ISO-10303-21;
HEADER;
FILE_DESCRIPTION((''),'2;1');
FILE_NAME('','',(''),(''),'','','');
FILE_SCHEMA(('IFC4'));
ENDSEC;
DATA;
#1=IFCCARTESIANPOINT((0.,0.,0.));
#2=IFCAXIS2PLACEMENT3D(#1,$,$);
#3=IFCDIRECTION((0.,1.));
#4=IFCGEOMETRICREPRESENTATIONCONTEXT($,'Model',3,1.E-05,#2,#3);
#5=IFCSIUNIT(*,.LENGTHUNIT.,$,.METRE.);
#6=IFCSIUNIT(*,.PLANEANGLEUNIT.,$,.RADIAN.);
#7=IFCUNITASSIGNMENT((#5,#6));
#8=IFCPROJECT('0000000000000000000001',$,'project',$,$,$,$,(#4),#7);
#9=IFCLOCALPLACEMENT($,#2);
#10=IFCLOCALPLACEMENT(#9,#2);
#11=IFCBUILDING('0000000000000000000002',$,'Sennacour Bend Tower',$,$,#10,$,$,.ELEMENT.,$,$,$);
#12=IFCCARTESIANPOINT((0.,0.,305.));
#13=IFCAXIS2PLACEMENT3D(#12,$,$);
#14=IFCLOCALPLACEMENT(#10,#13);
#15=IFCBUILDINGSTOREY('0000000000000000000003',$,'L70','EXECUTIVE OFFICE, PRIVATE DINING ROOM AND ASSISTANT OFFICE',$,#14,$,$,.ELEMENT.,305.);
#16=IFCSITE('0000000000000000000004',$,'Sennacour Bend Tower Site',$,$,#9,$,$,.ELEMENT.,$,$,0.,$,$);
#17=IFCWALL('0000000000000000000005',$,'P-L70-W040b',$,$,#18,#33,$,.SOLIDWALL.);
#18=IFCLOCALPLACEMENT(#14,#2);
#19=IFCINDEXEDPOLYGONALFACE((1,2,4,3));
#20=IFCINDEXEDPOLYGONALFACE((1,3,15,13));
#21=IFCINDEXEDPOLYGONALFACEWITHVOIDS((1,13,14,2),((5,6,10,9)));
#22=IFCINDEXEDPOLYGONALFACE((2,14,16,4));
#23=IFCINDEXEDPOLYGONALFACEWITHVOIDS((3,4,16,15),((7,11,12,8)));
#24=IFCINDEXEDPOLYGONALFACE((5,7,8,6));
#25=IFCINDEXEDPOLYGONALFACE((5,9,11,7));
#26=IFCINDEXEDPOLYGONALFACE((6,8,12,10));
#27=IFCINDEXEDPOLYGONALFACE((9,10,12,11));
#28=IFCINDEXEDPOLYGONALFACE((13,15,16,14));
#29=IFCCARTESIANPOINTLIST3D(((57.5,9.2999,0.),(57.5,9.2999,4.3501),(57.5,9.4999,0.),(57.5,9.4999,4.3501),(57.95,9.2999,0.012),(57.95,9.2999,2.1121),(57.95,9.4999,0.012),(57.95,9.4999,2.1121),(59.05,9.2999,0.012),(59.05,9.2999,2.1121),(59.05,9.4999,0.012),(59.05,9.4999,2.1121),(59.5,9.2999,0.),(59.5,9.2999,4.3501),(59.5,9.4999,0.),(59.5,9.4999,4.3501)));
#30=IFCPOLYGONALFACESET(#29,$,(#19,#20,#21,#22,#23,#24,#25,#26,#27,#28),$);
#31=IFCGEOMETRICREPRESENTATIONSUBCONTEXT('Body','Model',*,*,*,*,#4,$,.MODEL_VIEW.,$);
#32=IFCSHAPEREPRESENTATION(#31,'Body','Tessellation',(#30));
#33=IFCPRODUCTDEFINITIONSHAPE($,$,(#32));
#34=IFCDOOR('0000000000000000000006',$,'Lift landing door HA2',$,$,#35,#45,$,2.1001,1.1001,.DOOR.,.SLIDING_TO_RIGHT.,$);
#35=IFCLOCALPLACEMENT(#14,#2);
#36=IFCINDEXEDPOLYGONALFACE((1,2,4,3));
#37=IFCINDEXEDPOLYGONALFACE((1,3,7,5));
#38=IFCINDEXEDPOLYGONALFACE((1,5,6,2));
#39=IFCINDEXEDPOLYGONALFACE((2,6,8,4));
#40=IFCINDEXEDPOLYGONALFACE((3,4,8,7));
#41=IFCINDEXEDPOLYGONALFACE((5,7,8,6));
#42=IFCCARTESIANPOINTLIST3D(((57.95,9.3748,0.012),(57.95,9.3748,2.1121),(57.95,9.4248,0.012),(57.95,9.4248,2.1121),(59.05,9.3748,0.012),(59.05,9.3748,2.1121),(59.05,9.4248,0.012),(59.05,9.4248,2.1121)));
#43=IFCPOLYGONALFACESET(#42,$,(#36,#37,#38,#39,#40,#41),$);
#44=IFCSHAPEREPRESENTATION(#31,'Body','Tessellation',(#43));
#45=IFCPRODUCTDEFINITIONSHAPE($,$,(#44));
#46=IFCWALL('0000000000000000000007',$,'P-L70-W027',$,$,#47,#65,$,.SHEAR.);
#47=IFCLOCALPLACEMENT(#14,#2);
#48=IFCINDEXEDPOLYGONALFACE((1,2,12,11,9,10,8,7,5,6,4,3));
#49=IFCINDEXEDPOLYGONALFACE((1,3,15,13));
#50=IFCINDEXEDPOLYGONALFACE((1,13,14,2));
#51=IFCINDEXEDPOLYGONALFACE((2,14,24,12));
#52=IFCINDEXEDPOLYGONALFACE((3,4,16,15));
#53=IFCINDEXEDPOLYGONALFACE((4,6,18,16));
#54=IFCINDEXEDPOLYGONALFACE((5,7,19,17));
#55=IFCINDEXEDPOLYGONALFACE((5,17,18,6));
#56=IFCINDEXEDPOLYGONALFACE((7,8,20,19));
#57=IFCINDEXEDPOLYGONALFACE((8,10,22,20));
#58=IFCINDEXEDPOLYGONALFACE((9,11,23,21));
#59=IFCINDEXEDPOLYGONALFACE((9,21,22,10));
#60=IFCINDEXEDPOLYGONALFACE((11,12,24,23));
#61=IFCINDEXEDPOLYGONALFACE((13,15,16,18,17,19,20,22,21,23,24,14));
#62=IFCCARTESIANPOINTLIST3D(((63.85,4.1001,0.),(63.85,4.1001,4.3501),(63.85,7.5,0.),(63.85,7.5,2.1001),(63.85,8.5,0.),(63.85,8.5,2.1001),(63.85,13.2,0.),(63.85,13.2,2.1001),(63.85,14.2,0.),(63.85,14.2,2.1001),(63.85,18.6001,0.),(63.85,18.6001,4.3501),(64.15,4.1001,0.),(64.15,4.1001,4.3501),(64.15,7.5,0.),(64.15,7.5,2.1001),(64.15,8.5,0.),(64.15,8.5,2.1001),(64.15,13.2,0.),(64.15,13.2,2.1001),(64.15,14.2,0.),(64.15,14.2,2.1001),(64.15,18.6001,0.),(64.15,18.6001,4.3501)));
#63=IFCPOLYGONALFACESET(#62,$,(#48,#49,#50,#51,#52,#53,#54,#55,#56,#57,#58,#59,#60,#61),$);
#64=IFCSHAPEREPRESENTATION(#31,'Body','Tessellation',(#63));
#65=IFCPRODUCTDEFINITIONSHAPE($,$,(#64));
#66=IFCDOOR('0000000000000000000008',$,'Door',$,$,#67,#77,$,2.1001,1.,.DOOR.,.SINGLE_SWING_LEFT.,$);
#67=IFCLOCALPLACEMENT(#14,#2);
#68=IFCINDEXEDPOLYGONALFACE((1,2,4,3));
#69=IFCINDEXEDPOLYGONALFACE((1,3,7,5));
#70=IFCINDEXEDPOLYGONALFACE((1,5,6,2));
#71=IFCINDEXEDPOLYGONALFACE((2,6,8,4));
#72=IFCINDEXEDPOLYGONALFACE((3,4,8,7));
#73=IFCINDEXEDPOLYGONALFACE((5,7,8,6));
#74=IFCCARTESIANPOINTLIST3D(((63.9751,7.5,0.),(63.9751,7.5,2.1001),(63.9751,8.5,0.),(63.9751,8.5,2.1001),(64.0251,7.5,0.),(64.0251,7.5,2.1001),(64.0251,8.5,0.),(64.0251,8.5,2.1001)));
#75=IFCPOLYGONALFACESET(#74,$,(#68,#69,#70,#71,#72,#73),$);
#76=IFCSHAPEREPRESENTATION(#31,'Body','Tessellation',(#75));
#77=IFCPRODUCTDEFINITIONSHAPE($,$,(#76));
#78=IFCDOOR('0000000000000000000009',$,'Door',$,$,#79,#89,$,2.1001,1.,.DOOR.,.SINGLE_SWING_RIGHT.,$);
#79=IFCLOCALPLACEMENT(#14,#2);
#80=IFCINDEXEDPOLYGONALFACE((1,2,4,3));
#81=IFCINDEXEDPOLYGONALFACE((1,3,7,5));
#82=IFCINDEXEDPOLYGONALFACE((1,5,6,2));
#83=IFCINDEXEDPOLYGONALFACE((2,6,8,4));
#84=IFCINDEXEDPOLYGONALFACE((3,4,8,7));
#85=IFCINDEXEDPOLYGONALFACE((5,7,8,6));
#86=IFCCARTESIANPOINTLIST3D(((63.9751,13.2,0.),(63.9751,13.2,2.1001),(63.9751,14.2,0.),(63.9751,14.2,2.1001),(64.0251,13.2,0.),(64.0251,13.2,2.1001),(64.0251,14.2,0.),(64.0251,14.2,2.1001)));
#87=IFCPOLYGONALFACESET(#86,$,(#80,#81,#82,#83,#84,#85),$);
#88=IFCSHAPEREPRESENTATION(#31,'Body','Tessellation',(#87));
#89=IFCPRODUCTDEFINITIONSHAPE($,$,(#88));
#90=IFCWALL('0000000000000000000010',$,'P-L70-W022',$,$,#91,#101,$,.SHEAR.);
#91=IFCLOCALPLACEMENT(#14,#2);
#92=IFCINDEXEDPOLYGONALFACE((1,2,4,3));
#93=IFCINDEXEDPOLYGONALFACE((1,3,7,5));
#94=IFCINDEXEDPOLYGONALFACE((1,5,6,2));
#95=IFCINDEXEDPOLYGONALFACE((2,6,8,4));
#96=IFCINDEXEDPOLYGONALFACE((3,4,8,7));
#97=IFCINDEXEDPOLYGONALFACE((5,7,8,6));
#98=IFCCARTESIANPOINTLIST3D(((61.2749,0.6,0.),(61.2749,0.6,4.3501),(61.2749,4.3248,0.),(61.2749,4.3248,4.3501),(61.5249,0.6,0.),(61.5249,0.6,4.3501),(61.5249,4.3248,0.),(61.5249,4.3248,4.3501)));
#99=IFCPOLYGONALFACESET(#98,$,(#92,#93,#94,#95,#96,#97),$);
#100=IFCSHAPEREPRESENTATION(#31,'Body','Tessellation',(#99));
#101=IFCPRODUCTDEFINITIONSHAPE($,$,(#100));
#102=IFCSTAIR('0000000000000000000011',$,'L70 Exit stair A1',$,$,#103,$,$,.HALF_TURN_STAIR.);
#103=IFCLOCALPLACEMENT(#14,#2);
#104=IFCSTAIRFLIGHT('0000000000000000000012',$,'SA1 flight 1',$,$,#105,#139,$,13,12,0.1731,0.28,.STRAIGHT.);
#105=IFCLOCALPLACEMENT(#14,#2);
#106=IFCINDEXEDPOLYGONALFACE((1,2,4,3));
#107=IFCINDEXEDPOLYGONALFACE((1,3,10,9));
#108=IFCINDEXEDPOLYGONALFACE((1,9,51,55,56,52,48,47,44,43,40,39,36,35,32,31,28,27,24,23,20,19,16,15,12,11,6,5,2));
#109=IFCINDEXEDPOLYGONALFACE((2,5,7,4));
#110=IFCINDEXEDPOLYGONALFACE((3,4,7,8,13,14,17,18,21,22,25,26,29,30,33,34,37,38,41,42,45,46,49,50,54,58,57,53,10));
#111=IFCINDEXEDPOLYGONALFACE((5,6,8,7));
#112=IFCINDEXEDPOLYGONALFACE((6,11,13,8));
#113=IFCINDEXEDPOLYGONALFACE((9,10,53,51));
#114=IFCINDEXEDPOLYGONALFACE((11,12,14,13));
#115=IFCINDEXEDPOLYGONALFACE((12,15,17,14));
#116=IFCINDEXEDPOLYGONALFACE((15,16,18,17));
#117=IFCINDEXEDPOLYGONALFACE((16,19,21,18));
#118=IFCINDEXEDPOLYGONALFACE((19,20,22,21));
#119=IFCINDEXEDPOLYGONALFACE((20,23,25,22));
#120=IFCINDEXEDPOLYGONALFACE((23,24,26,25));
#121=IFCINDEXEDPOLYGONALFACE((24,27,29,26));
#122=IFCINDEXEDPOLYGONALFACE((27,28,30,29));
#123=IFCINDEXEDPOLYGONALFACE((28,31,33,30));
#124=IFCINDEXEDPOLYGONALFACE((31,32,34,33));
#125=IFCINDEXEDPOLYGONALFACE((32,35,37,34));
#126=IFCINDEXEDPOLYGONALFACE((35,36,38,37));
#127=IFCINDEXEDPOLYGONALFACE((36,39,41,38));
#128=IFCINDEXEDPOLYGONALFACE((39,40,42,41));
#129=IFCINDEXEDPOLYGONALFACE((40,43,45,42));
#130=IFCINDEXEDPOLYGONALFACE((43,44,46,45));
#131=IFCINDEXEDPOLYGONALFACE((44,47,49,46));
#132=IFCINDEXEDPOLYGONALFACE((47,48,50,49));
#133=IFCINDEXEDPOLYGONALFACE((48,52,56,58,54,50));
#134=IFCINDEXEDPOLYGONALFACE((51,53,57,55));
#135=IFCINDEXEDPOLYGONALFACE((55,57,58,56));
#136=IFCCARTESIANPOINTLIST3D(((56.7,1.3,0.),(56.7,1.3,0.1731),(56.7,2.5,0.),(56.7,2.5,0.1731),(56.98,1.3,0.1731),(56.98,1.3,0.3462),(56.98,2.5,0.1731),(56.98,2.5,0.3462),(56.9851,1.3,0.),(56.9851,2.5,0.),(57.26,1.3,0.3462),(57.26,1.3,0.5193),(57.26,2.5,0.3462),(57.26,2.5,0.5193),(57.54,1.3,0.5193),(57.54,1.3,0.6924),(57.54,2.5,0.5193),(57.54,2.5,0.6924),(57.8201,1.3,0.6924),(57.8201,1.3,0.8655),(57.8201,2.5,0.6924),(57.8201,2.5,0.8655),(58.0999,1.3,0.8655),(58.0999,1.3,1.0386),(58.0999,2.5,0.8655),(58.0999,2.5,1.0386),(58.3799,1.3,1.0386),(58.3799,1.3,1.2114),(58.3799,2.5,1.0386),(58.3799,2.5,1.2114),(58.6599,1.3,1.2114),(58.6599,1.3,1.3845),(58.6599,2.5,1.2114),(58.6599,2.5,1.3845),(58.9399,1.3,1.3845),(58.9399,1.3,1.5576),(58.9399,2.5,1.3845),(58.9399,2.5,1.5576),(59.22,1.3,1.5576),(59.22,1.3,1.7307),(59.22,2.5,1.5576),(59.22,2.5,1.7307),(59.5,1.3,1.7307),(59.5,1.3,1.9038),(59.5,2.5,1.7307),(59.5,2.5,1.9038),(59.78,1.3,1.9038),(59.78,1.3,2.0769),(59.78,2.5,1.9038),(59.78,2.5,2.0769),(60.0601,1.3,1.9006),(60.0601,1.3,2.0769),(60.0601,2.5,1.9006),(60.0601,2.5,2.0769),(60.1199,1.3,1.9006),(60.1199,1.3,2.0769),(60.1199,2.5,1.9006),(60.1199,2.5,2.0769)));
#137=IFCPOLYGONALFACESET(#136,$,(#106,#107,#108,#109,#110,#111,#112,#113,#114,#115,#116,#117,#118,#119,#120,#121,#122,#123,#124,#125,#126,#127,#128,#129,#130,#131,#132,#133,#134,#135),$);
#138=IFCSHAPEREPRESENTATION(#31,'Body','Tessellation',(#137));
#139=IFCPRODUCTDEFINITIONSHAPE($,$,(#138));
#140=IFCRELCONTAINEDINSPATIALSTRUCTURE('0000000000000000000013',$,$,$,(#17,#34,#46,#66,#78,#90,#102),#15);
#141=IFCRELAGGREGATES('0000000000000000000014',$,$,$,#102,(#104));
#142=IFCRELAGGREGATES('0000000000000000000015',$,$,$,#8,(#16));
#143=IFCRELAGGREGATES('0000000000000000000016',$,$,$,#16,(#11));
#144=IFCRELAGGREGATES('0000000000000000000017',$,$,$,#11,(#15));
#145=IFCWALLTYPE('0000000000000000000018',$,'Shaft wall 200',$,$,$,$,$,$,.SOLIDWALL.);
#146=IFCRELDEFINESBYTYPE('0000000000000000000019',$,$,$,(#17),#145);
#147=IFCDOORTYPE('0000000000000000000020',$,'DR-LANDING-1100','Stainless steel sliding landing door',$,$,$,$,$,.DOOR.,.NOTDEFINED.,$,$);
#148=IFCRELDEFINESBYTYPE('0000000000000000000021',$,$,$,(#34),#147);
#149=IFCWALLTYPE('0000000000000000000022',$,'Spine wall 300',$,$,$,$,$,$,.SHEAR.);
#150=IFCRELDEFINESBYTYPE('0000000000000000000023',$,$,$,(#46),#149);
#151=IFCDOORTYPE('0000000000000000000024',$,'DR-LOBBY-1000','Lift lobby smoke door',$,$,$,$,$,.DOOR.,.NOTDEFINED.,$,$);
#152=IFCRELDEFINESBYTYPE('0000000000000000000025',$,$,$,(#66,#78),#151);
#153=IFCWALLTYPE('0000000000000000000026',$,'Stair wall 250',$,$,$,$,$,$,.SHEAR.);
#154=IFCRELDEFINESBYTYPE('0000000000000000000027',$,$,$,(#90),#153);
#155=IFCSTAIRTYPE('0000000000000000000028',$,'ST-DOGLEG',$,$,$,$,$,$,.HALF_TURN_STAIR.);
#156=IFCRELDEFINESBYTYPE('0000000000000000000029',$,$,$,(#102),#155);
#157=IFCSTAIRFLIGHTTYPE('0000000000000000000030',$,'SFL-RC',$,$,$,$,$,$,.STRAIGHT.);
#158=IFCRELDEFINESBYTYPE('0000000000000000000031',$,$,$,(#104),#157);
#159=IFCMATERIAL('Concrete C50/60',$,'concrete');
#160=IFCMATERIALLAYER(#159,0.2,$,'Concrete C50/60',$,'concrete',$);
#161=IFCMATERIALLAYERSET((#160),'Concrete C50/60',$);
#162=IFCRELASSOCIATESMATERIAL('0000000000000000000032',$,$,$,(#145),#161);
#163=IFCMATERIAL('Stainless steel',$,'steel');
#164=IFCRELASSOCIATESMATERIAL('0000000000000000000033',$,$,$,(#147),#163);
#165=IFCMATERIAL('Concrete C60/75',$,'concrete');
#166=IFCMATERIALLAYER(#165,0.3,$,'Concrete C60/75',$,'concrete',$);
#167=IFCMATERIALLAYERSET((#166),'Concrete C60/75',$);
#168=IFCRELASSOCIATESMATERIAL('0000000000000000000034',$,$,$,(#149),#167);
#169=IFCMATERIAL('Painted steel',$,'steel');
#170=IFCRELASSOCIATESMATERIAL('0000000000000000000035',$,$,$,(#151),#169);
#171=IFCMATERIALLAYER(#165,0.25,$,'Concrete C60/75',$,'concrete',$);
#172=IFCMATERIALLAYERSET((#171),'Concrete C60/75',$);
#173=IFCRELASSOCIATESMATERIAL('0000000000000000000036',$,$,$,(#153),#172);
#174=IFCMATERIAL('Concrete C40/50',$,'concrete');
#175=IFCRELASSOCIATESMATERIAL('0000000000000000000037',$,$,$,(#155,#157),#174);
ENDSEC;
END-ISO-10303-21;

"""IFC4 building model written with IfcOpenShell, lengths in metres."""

from ifc_helpers import new_model, si_unit, direction, frame, frame_2d, origin, place, context, subcontext, project, spatial, polyline, rectangle, outline, extrude, material, layer, layer_set, type_object, element, fill, aggregate, save


model = new_model("IFC4")

# Units and contexts
model_context = context("Model", 3, precision=1e-05, world=origin(), true_north=direction((0.0, 1.0)))
body_context = subcontext(model_context, "Body", "Model", "MODEL_VIEW")
ifc_project = project(units=[si_unit("LENGTHUNIT", "METRE"), si_unit("PLANEANGLEUNIT", "RADIAN")], contexts=[model_context])

# Site, building, storey
site_placement = place(None, origin())
site = spatial("IfcSite", under=ifc_project, at=site_placement, Name="Sennacour Bend Tower Site", CompositionType="ELEMENT", RefElevation=0.0)
building_placement = place(site_placement, origin())
building = spatial("IfcBuilding", under=site, at=building_placement, Name="Sennacour Bend Tower", CompositionType="ELEMENT")
storey_placement = place(building_placement, frame((0.0, 0.0, 305.0)))
storey = spatial("IfcBuildingStorey", under=building, at=storey_placement, Name="L70", Description="EXECUTIVE OFFICE, PRIVATE DINING ROOM AND ASSISTANT OFFICE", CompositionType="ELEMENT", Elevation=305.0)

# Shared definitions
ifc_material_1 = material(Name="Concrete C50/60", Category="concrete")

# Shared definitions
ifc_material_2 = material(Name="Painted steel", Category="steel")

# Shared definitions
ifc_layer_1 = layer(ifc_material_1, 0.2, Name="Concrete C50/60", Category="concrete")
ifc_layer_set_1 = layer_set([ifc_layer_1], Name="Concrete C50/60")
wall_type_1 = type_object("IfcWallType", Name="Shaft wall 200", PredefinedType="SOLIDWALL", material=ifc_layer_set_1)

# Wall, opening, door
wall_1_placement = place(storey_placement, frame((57.5, 9.3999, 0.0), z_axis=(0.0, 0.0, 1.0), x_axis=(1.0, 0.0, 0.0)))
wall_1 = element("IfcWall", 1, at=wall_1_placement, inside=storey, type_object=wall_type_1, Name="P-L70-W040b", PredefinedType="SOLIDWALL", context=body_context, shape_type="SweptSolid", body=[
    extrude(rectangle(XDim=2.0, YDim=0.2, at=frame_2d((1.0, 0.0))), origin(), (0.0, 0.0, 1.0), 4.3501),
])
opening_1_placement = place(wall_1_placement, frame((0.45, 0.0, 0.012)))
opening_1 = element("IfcOpeningElement", 2, at=opening_1_placement, cuts=wall_1, PredefinedType="OPENING", context=body_context, shape_type="SweptSolid", body=[
    extrude(rectangle(XDim=1.1001, YDim=2.1001, at=frame_2d((0.55, 1.05))), frame((0.0, 0.1099, 0.0), z_axis=(0.0, -1.0, 0.0), x_axis=(1.0, 0.0, 0.0)), (0.0, 0.0, 1.0), 0.22),
])
ifc_material_3 = material(Name="Stainless steel", Category="steel")
door_type_1 = type_object("IfcDoorType", Name="DR-LANDING-1100", Description="Stainless steel sliding landing door", OperationType="NOTDEFINED", PredefinedType="DOOR", material=ifc_material_3)
door_1_placement = place(opening_1_placement, origin())
door_1 = element("IfcDoor", 3, at=door_1_placement, inside=storey, type_object=door_type_1, Name="Lift landing door HA2", OperationType="SLIDING_TO_RIGHT", OverallHeight=2.1001, OverallWidth=1.1001, PredefinedType="DOOR", context=body_context, shape_type="SweptSolid", body=[
    extrude(rectangle(XDim=1.1001, YDim=2.1001, at=frame_2d((0.55, 1.05))), frame((0.0, 0.0249, 0.0), z_axis=(0.0, -1.0, 0.0), x_axis=(1.0, 0.0, 0.0)), (0.0, 0.0, 1.0), 0.05),
])
fill(opening_1, door_1)

# Wall, openings, doors
ifc_material_4 = material(Name="Concrete C60/75", Category="concrete")
ifc_layer_2 = layer(ifc_material_4, 0.3, Name="Concrete C60/75", Category="concrete")
ifc_layer_set_2 = layer_set([ifc_layer_2], Name="Concrete C60/75")
wall_type_2 = type_object("IfcWallType", Name="Spine wall 300", PredefinedType="SHEAR", material=ifc_layer_set_2)
wall_2_placement = place(storey_placement, frame((64.0, 4.1001, 0.0), z_axis=(0.0, 0.0, 1.0), x_axis=(0.0, 1.0, 0.0)))
wall_2 = element("IfcWall", 4, at=wall_2_placement, inside=storey, type_object=wall_type_2, Name="P-L70-W027", PredefinedType="SHEAR", context=body_context, shape_type="SweptSolid", body=[
    extrude(rectangle(XDim=14.5, YDim=0.3, at=frame_2d((7.25, 0.0))), origin(), (0.0, 0.0, 1.0), 4.3501),
])
opening_2_placement = place(wall_2_placement, frame((3.3999, 0.0, 0.0)))
opening_2 = element("IfcOpeningElement", 5, at=opening_2_placement, cuts=wall_2, PredefinedType="OPENING", context=body_context, shape_type="SweptSolid", body=[
    extrude(rectangle(XDim=1.0, YDim=2.1001, at=frame_2d((0.5, 1.05))), frame((0.0, 0.1602, 0.0), z_axis=(0.0, -1.0, 0.0), x_axis=(1.0, 0.0, 0.0)), (0.0, 0.0, 1.0), 0.3201),
])
opening_3_placement = place(wall_2_placement, frame((9.0999, 0.0, 0.0)))
opening_3 = element("IfcOpeningElement", 6, at=opening_3_placement, cuts=wall_2, PredefinedType="OPENING", context=body_context, shape_type="SweptSolid", body=[
    extrude(rectangle(XDim=1.0, YDim=2.1001, at=frame_2d((0.5, 1.05))), frame((0.0, 0.1602, 0.0), z_axis=(0.0, -1.0, 0.0), x_axis=(1.0, 0.0, 0.0)), (0.0, 0.0, 1.0), 0.3201),
])
door_type_2 = type_object("IfcDoorType", Name="DR-LOBBY-1000", Description="Lift lobby smoke door", OperationType="NOTDEFINED", PredefinedType="DOOR", material=ifc_material_2)
door_2_placement = place(opening_2_placement, origin())
door_2 = element("IfcDoor", 7, at=door_2_placement, inside=storey, type_object=door_type_2, Name="Door", OperationType="SINGLE_SWING_LEFT", OverallHeight=2.1001, OverallWidth=1.0, PredefinedType="DOOR", context=body_context, shape_type="SweptSolid", body=[
    extrude(rectangle(XDim=1.0, YDim=2.1001, at=frame_2d((0.5, 1.05))), frame((0.0, 0.0249, 0.0), z_axis=(0.0, -1.0, 0.0), x_axis=(1.0, 0.0, 0.0)), (0.0, 0.0, 1.0), 0.05),
])
fill(opening_2, door_2)
door_3_placement = place(opening_3_placement, origin())
door_3 = element("IfcDoor", 8, at=door_3_placement, inside=storey, type_object=door_type_2, Name="Door", OperationType="SINGLE_SWING_RIGHT", OverallHeight=2.1001, OverallWidth=1.0, PredefinedType="DOOR", context=body_context, shape_type="SweptSolid", body=[
    extrude(rectangle(XDim=1.0, YDim=2.1001, at=frame_2d((0.5, 1.05))), frame((0.0, 0.0249, 0.0), z_axis=(0.0, -1.0, 0.0), x_axis=(1.0, 0.0, 0.0)), (0.0, 0.0, 1.0), 0.05),
])
fill(opening_3, door_3)

# Wall
ifc_layer_3 = layer(ifc_material_4, 0.25, Name="Concrete C60/75", Category="concrete")
ifc_layer_set_3 = layer_set([ifc_layer_3], Name="Concrete C60/75")
wall_type_3 = type_object("IfcWallType", Name="Stair wall 250", PredefinedType="SHEAR", material=ifc_layer_set_3)
wall_3_placement = place(storey_placement, frame((61.3999, 0.6001, 0.0), z_axis=(0.0, 0.0, 1.0), x_axis=(0.0, 1.0, 0.0)))
element("IfcWall", 9, at=wall_3_placement, inside=storey, type_object=wall_type_3, Name="P-L70-W022", PredefinedType="SHEAR", context=body_context, shape_type="SweptSolid", body=[
    extrude(rectangle(XDim=3.7249, YDim=0.25, at=frame_2d((1.8623, 0.0))), origin(), (0.0, 0.0, 1.0), 4.3501),
])

# Stair, stair flight
ifc_material_5 = material(Name="Concrete C40/50", Category="concrete")
stair_type = type_object("IfcStairType", Name="ST-DOGLEG", PredefinedType="HALF_TURN_STAIR", material=ifc_material_5)
stair_placement = place(storey_placement, origin())
stair = element("IfcStair", 10, at=stair_placement, inside=storey, type_object=stair_type, Name="L70 Exit stair A1", PredefinedType="HALF_TURN_STAIR")
stair_flight_type = type_object("IfcStairFlightType", Name="SFL-RC", PredefinedType="STRAIGHT", material=ifc_material_5)
stair_flight_1_placement = place(storey_placement, frame((56.7, 1.8999, 0.0), z_axis=(0.0, 0.0, 1.0), x_axis=(1.0, 0.0, 0.0)))
stair_flight_1 = element("IfcStairFlight", 11, at=stair_flight_1_placement, type_object=stair_flight_type, Name="SA1 flight 1", NumberOfRisers=13, NumberOfTreads=12, PredefinedType="STRAIGHT", RiserHeight=0.1731, TreadLength=0.28, context=body_context, shape_type="SweptSolid", body=[
    extrude(outline(polyline([(0.0, 0.0), (0.0, 0.1731), (0.28, 0.1731), (0.28, 0.3462), (0.5601, 0.3462), (0.5601, 0.5193), (0.8401, 0.5193), (0.8401, 0.6924), (1.1201, 0.6924), (1.1201, 0.8655), (1.3999, 0.8655), (1.3999, 1.0386), (1.6799, 1.0386), (1.6799, 1.2114), (1.96, 1.2114), (1.96, 1.3845), (2.24, 1.3845), (2.24, 1.5576), (2.52, 1.5576), (2.52, 1.7307), (2.8, 1.7307), (2.8, 1.9038), (3.0801, 1.9038), (3.0801, 2.0769), (3.3601, 2.0769), (3.4199, 2.0769), (3.4199, 1.9006), (3.3601, 1.9006), (0.2852, 0.0), (0.0, 0.0)])), frame((0.0, 0.6001, 0.0), z_axis=(0.0, -1.0, 0.0), x_axis=(1.0, 0.0, 0.0)), (0.0, 0.0, 1.0), 1.2),
])
aggregate(stair, [stair_flight_1])

save(model, "model.ifc")
